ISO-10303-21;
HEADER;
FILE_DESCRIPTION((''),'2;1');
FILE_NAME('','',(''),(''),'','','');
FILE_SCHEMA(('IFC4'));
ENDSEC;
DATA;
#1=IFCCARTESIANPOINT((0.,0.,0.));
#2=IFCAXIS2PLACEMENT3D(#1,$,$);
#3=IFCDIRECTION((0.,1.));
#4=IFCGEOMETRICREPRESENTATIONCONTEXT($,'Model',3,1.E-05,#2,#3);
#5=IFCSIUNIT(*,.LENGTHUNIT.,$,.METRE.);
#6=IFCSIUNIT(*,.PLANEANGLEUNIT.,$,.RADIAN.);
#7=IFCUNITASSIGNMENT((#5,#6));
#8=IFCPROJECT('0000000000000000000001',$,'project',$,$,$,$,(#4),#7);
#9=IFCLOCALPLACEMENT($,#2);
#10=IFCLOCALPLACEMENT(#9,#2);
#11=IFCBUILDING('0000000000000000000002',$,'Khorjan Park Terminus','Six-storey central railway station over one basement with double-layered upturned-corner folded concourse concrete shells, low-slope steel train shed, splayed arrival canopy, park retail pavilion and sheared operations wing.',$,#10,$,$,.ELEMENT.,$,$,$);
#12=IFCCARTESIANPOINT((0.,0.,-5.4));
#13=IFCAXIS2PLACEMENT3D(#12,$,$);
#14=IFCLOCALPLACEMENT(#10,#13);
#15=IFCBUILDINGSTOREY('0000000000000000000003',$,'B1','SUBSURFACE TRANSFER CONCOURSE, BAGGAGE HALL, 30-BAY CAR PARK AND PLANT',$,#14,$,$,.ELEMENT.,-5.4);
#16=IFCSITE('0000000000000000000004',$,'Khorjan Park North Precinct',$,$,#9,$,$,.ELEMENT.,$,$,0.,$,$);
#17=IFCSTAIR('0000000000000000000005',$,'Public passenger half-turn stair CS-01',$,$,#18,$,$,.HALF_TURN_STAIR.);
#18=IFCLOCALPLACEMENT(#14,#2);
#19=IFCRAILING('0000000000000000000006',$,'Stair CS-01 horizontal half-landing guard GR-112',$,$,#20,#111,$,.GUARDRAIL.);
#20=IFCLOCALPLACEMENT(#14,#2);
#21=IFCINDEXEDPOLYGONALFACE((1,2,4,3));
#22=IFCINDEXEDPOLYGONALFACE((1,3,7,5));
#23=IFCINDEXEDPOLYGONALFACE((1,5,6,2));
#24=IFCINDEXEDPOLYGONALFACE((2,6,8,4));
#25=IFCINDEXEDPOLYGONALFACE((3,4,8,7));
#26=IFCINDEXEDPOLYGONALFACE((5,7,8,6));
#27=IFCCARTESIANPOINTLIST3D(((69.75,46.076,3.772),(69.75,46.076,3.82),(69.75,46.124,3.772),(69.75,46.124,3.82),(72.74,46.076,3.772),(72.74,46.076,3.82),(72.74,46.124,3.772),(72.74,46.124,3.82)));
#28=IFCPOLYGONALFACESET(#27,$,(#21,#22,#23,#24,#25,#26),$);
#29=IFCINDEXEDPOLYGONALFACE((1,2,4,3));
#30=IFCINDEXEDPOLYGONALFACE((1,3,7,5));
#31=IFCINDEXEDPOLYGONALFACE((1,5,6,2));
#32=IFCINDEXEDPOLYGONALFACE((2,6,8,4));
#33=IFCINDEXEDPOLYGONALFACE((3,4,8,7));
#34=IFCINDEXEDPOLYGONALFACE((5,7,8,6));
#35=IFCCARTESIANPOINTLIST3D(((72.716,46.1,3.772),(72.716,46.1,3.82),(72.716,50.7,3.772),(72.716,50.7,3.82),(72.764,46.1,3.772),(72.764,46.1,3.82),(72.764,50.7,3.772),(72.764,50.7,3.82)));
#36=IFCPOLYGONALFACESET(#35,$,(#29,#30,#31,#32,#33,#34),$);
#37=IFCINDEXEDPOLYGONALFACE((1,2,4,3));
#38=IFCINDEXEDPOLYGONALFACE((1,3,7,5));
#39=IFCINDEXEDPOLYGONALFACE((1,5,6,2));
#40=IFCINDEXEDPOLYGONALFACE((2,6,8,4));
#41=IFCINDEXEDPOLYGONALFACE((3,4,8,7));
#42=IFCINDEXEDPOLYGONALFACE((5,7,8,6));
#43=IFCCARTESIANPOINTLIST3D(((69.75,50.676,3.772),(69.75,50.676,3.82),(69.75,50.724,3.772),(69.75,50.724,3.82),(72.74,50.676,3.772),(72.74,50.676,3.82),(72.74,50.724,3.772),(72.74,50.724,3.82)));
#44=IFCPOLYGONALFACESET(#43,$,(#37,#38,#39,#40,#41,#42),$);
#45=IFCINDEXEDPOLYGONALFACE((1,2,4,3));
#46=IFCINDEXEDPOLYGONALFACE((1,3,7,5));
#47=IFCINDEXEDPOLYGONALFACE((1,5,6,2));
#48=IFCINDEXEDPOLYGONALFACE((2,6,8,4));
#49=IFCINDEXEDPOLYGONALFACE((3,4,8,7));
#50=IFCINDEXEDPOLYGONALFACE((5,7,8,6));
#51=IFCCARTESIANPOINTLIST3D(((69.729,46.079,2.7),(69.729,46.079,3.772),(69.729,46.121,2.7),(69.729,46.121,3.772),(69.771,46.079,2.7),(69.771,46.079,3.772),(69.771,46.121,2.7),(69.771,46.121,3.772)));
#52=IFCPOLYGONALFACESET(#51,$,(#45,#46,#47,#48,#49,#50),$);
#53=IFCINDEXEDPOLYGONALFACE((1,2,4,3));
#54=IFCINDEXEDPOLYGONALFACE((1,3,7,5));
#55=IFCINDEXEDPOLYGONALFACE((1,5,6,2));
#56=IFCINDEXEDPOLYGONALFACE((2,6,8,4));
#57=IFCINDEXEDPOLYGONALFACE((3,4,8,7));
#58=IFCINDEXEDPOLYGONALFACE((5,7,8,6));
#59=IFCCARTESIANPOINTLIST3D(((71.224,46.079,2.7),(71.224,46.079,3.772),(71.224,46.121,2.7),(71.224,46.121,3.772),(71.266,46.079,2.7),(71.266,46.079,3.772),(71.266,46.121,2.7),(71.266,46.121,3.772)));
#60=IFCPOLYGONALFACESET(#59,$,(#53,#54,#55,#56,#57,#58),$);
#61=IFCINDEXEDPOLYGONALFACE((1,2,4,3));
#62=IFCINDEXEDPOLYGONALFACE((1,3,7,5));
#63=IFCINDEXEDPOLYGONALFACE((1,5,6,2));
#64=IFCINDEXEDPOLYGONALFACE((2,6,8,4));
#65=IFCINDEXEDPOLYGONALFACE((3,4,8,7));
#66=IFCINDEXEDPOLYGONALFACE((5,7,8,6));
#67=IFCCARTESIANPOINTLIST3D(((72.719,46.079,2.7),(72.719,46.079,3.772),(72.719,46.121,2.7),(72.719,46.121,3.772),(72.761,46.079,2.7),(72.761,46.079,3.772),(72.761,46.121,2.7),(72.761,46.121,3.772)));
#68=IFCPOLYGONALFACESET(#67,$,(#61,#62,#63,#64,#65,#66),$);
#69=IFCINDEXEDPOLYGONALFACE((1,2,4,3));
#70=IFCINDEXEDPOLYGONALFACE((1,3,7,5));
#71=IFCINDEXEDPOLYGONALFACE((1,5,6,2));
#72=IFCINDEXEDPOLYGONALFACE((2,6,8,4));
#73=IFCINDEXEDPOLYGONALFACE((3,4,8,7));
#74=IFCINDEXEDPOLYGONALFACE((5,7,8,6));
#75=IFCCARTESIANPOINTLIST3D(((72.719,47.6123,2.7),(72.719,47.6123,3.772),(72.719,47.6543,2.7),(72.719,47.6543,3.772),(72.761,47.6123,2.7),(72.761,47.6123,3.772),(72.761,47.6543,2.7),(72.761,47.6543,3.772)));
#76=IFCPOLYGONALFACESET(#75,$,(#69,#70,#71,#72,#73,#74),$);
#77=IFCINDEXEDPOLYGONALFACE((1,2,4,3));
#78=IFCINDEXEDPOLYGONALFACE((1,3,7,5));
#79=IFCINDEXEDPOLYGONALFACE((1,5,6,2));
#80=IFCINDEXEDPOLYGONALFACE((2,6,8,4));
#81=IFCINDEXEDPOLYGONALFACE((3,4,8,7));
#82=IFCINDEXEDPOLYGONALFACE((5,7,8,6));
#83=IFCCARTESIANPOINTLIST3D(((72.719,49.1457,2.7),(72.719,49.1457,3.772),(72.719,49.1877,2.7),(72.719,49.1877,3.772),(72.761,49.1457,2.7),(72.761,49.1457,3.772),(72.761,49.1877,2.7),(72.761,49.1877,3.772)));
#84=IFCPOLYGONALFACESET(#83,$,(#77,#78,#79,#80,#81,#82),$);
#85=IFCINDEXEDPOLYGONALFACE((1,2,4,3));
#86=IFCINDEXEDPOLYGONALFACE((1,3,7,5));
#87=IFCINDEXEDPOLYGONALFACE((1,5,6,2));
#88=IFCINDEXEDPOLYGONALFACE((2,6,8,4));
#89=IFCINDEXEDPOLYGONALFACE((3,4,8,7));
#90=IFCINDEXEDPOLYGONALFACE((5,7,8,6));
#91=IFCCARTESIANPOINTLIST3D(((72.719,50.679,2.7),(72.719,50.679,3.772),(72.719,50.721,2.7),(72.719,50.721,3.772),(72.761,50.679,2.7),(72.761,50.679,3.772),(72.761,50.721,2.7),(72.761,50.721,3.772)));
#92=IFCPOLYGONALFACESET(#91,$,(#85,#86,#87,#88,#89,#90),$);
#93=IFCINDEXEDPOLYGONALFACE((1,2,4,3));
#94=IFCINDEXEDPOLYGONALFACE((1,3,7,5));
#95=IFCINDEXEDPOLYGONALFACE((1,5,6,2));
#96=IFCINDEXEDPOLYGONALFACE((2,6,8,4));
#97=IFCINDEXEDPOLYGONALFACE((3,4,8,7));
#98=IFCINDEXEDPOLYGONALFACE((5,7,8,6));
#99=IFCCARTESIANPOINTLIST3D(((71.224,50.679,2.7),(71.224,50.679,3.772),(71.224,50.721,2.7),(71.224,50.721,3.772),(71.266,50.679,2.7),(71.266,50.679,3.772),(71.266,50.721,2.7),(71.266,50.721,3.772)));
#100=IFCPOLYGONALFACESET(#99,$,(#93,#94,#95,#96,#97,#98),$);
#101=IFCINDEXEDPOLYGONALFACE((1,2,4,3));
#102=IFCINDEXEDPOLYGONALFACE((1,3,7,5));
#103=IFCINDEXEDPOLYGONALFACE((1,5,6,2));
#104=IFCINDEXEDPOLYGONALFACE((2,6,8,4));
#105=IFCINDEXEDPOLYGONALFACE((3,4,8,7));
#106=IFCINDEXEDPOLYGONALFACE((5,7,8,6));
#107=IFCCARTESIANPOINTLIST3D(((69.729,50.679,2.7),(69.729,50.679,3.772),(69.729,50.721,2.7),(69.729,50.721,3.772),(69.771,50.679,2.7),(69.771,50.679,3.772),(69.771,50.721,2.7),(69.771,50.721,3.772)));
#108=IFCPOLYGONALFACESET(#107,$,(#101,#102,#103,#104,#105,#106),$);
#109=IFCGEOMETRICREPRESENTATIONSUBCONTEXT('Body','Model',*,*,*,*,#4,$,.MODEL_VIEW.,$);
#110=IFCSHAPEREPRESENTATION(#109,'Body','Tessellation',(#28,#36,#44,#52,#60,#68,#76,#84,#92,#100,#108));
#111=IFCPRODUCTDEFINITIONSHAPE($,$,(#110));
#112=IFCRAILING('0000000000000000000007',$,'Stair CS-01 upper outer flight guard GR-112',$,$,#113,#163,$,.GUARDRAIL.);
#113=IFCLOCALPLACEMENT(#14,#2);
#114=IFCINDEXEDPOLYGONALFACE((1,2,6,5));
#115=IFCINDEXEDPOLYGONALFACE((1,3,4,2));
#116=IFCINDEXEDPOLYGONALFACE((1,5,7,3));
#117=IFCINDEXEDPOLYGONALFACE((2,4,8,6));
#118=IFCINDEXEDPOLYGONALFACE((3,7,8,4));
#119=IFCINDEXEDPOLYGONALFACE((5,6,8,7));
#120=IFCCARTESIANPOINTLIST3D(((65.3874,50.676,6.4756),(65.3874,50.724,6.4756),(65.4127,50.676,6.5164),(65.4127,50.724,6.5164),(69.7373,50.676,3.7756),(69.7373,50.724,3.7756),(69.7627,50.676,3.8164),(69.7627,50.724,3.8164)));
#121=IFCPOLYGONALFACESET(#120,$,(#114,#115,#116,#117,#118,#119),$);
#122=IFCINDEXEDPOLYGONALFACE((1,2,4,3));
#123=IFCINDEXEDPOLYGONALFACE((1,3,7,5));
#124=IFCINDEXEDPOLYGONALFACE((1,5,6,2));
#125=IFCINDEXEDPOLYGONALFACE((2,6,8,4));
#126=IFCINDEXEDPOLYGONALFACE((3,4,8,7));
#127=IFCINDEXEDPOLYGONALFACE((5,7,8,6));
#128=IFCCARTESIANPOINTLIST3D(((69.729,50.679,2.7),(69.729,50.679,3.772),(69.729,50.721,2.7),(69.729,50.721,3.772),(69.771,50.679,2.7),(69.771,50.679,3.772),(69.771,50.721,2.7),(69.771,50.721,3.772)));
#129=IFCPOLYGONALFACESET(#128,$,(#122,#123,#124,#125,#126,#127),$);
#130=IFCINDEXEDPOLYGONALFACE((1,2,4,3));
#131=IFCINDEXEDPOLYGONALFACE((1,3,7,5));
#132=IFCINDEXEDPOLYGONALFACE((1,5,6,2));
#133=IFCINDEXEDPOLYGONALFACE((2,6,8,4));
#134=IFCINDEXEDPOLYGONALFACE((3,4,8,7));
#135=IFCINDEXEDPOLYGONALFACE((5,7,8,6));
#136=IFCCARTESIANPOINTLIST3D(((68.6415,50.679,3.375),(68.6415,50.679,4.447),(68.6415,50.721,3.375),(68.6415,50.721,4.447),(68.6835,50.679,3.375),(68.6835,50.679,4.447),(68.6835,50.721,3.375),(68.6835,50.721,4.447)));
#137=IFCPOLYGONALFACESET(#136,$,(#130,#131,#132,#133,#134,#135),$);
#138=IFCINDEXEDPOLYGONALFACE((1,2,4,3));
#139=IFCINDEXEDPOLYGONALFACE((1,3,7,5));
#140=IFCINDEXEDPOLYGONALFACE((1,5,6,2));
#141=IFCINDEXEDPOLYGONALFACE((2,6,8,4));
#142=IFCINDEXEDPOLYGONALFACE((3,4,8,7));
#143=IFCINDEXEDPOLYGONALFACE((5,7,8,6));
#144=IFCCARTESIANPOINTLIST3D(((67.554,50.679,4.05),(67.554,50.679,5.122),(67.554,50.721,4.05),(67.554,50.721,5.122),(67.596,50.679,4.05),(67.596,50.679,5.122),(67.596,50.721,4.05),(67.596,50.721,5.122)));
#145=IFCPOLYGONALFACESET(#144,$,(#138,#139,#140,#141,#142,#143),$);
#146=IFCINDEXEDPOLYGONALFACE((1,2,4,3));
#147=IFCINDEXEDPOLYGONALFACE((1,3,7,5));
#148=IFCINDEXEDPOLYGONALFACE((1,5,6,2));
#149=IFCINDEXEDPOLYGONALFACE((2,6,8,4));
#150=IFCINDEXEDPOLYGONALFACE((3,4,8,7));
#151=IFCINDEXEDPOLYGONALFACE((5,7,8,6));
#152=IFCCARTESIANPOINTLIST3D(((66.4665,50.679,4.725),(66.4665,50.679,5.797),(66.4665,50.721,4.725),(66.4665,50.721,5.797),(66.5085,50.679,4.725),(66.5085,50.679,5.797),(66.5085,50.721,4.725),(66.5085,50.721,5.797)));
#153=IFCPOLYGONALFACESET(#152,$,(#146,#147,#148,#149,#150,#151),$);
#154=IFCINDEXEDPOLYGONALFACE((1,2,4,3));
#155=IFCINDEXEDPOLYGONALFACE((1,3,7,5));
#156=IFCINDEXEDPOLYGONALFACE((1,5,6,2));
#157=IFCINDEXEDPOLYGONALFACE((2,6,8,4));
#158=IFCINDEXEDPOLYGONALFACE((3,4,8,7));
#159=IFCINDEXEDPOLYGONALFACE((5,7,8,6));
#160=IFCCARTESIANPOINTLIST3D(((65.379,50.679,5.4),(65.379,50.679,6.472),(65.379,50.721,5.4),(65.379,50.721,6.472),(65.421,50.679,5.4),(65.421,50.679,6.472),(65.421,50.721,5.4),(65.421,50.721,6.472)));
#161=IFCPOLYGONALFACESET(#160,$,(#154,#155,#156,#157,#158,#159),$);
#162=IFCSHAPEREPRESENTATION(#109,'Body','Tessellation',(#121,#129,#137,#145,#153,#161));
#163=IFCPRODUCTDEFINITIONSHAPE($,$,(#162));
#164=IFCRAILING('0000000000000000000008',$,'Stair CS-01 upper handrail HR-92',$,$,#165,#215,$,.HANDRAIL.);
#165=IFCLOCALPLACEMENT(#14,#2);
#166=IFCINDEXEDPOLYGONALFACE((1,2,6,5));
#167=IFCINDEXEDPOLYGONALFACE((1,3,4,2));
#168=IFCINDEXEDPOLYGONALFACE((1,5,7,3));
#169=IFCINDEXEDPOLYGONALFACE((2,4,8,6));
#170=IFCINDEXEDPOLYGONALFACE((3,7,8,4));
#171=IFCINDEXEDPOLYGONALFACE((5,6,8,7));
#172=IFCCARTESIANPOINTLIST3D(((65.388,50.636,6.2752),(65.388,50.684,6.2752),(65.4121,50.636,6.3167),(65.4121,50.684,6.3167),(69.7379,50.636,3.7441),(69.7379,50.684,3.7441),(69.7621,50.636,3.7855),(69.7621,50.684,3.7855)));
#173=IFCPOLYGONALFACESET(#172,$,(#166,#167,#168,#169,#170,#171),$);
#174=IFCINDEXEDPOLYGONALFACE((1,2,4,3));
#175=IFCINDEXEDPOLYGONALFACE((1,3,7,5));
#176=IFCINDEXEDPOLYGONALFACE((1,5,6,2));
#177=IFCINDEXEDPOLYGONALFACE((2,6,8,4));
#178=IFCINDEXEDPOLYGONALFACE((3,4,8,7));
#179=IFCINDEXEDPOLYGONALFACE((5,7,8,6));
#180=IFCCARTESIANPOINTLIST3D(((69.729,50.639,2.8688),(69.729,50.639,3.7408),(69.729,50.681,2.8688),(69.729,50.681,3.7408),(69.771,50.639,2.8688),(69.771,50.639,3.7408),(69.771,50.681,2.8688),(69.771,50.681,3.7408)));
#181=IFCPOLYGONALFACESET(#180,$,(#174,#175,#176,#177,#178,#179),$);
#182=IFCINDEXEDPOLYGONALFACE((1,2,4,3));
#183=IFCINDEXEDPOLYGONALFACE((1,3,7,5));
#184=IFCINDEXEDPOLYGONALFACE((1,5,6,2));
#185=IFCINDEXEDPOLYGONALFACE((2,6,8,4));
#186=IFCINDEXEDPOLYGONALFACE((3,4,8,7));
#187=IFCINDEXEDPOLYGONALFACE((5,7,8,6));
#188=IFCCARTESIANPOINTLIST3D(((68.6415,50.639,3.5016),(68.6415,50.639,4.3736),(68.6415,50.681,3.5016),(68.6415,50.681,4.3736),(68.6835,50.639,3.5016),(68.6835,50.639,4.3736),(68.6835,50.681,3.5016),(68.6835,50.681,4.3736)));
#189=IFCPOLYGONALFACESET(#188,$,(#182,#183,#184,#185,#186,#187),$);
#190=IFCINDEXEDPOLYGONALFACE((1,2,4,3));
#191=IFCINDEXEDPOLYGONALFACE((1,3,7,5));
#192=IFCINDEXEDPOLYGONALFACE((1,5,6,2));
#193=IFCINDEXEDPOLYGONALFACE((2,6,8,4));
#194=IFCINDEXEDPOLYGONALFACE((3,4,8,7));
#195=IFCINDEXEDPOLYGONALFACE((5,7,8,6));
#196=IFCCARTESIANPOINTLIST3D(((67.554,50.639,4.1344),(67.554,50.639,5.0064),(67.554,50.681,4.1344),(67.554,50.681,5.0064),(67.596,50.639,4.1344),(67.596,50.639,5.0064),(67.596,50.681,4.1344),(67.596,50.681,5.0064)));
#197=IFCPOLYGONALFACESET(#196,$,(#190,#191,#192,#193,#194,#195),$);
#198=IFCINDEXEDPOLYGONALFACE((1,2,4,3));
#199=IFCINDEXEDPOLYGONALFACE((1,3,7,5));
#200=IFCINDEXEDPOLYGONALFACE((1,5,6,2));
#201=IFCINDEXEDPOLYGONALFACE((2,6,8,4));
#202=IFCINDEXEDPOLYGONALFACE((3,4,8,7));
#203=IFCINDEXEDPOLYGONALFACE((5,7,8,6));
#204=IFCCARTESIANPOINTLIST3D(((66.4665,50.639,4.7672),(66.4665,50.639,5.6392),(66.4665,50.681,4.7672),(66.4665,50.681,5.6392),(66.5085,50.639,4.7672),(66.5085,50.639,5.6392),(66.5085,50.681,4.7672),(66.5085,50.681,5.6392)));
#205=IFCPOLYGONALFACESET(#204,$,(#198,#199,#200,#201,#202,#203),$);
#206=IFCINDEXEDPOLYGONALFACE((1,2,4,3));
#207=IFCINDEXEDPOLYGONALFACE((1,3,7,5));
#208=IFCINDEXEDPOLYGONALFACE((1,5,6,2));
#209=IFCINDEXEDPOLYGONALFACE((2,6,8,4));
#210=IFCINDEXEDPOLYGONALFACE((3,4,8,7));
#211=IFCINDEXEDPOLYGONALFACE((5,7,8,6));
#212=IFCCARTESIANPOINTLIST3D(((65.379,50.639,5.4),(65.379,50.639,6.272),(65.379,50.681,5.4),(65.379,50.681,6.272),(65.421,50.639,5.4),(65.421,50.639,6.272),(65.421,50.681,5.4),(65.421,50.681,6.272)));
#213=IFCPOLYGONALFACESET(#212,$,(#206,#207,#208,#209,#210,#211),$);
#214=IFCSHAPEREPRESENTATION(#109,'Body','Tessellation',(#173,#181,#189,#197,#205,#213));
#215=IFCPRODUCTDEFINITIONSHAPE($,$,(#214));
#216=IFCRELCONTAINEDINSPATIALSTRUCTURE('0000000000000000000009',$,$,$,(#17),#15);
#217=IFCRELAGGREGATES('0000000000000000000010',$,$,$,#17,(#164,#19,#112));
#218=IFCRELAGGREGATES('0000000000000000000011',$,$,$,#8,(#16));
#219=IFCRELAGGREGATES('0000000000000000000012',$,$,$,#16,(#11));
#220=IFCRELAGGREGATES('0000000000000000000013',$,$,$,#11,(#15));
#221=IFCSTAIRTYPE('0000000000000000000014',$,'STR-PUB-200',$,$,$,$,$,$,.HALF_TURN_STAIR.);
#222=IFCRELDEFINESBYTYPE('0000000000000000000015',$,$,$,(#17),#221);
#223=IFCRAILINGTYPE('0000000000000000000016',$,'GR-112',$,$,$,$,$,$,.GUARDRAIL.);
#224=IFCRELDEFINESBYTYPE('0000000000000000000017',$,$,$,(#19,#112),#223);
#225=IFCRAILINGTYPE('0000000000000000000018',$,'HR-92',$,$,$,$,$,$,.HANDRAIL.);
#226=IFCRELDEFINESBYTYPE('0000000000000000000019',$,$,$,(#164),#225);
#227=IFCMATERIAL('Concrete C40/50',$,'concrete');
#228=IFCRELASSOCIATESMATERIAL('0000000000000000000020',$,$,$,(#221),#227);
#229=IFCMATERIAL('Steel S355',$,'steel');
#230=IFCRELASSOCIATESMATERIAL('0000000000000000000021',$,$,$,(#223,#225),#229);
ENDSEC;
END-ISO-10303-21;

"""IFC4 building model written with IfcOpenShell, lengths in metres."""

from ifc_helpers import new_model, si_unit, direction, frame, origin, origin_2d, place, context, subcontext, project, spatial, rectangle, extrude, material, type_object, element, aggregate, save


model = new_model("IFC4")

# Units and contexts
model_context = context("Model", 3, precision=1e-05, world=origin(), true_north=direction((0.0, 1.0)))
body_context = subcontext(model_context, "Body", "Model", "MODEL_VIEW")
ifc_project = project(units=[si_unit("LENGTHUNIT", "METRE"), si_unit("PLANEANGLEUNIT", "RADIAN")], contexts=[model_context])

# Site, building, storey
site_placement = place(None, origin())
site = spatial("IfcSite", under=ifc_project, at=site_placement, Name="Khorjan Park North Precinct", CompositionType="ELEMENT", RefElevation=0.0)
building_placement = place(site_placement, origin())
building = spatial("IfcBuilding", under=site, at=building_placement, Name="Khorjan Park Terminus", Description="Six-storey central railway station over one basement with double-layered upturned-corner folded concourse concrete shells, low-slope steel train shed, splayed arrival canopy, park retail pavilion and sheared operations wing.", CompositionType="ELEMENT")
storey_placement = place(building_placement, frame((0.0, 0.0, -5.4)))
storey = spatial("IfcBuildingStorey", under=building, at=storey_placement, Name="B1", Description="SUBSURFACE TRANSFER CONCOURSE, BAGGAGE HALL, 30-BAY CAR PARK AND PLANT", CompositionType="ELEMENT", Elevation=-5.4)

# Shared definitions
ifc_material_1 = material(Name="Concrete C40/50", Category="concrete")

# Shared definitions
ifc_material_2 = material(Name="Steel S355", Category="steel")

# Stair, railings
stair_type = type_object("IfcStairType", Name="STR-PUB-200", PredefinedType="HALF_TURN_STAIR", material=ifc_material_1)
stair_placement = place(storey_placement, origin())
stair = element("IfcStair", 1, at=stair_placement, inside=storey, type_object=stair_type, Name="Public passenger half-turn stair CS-01", PredefinedType="HALF_TURN_STAIR")
railing_type_1 = type_object("IfcRailingType", Name="GR-112", PredefinedType="GUARDRAIL", material=ifc_material_2)
railing_1_placement = place(storey_placement, frame((69.75, 46.1, 2.7)))
railing_1 = element("IfcRailing", 2, at=railing_1_placement, type_object=railing_type_1, Name="Stair CS-01 horizontal half-landing guard GR-112", PredefinedType="GUARDRAIL", context=body_context, shape_type="SweptSolid", body=[
    extrude(rectangle(XDim=0.048, YDim=0.048, at=origin_2d()), frame((0.0, 0.0, 1.096), z_axis=(1.0, 0.0, 0.0), x_axis=(0.0, 1.0, 0.0)), (0.0, 0.0, 1.0), 2.99),
    extrude(rectangle(XDim=0.048, YDim=0.048, at=origin_2d()), frame((2.99, 0.0, 1.096), z_axis=(0.0, 1.0, 0.0), x_axis=(-1.0, 0.0, 0.0)), (0.0, 0.0, 1.0), 4.6),
    extrude(rectangle(XDim=0.048, YDim=0.048, at=origin_2d()), frame((2.99, 4.6, 1.096), z_axis=(-1.0, 0.0, 0.0), x_axis=(0.0, -1.0, 0.0)), (0.0, 0.0, 1.0), 2.99),
    extrude(rectangle(XDim=0.042, YDim=0.042, at=origin_2d()), origin(), (0.0, 0.0, 1.0), 1.072),
    extrude(rectangle(XDim=0.042, YDim=0.042, at=origin_2d()), frame((1.495, 0.0, 0.0)), (0.0, 0.0, 1.0), 1.072),
    extrude(rectangle(XDim=0.042, YDim=0.042, at=origin_2d()), frame((2.99, 0.0, 0.0)), (0.0, 0.0, 1.0), 1.072),
    extrude(rectangle(XDim=0.042, YDim=0.042, at=origin_2d()), frame((2.99, 1.5333, 0.0)), (0.0, 0.0, 1.0), 1.072),
    extrude(rectangle(XDim=0.042, YDim=0.042, at=origin_2d()), frame((2.99, 3.0667, 0.0)), (0.0, 0.0, 1.0), 1.072),
    extrude(rectangle(XDim=0.042, YDim=0.042, at=origin_2d()), frame((2.99, 4.6, 0.0)), (0.0, 0.0, 1.0), 1.072),
    extrude(rectangle(XDim=0.042, YDim=0.042, at=origin_2d()), frame((1.495, 4.6, 0.0)), (0.0, 0.0, 1.0), 1.072),
    extrude(rectangle(XDim=0.042, YDim=0.042, at=origin_2d()), frame((0.0, 4.6, 0.0)), (0.0, 0.0, 1.0), 1.072),
])
railing_2_placement = place(storey_placement, frame((69.75, 50.7, 2.7)))
railing_2 = element("IfcRailing", 3, at=railing_2_placement, type_object=railing_type_1, Name="Stair CS-01 upper outer flight guard GR-112", PredefinedType="GUARDRAIL", context=body_context, shape_type="SweptSolid", body=[
    extrude(rectangle(XDim=0.048, YDim=0.048, at=origin_2d()), frame((0.0, 0.0, 1.096), z_axis=(-0.84964, 0.0, 0.527363), x_axis=(0.0, -1.0, 0.0)), (0.0, 0.0, 1.0), 5.1198),
    extrude(rectangle(XDim=0.042, YDim=0.042, at=origin_2d()), origin(), (0.0, 0.0, 1.0), 1.072),
    extrude(rectangle(XDim=0.042, YDim=0.042, at=origin_2d()), frame((-1.0875, 0.0, 0.675)), (0.0, 0.0, 1.0), 1.072),
    extrude(rectangle(XDim=0.042, YDim=0.042, at=origin_2d()), frame((-2.175, 0.0, 1.35)), (0.0, 0.0, 1.0), 1.072),
    extrude(rectangle(XDim=0.042, YDim=0.042, at=origin_2d()), frame((-3.2625, 0.0, 2.025)), (0.0, 0.0, 1.0), 1.072),
    extrude(rectangle(XDim=0.042, YDim=0.042, at=origin_2d()), frame((-4.35, 0.0, 2.7)), (0.0, 0.0, 1.0), 1.072),
])
railing_type_2 = type_object("IfcRailingType", Name="HR-92", PredefinedType="HANDRAIL", material=ifc_material_2)
railing_3_placement = place(storey_placement, frame((69.75, 50.66, 2.8688)))
railing_3 = element("IfcRailing", 4, at=railing_3_placement, type_object=railing_type_2, Name="Stair CS-01 upper handrail HR-92", PredefinedType="HANDRAIL", context=body_context, shape_type="SweptSolid", body=[
    extrude(rectangle(XDim=0.048, YDim=0.048, at=origin_2d()), frame((0.0, 0.0, 0.896), z_axis=(-0.864323, 0.0, 0.502937), x_axis=(0.0, -1.0, 0.0)), (0.0, 0.0, 1.0), 5.0328),
    extrude(rectangle(XDim=0.042, YDim=0.042, at=origin_2d()), origin(), (0.0, 0.0, 1.0), 0.872),
    extrude(rectangle(XDim=0.042, YDim=0.042, at=origin_2d()), frame((-1.0875, 0.0, 0.6328)), (0.0, 0.0, 1.0), 0.872),
    extrude(rectangle(XDim=0.042, YDim=0.042, at=origin_2d()), frame((-2.175, 0.0, 1.2656)), (0.0, 0.0, 1.0), 0.872),
    extrude(rectangle(XDim=0.042, YDim=0.042, at=origin_2d()), frame((-3.2625, 0.0, 1.8984)), (0.0, 0.0, 1.0), 0.872),
    extrude(rectangle(XDim=0.042, YDim=0.042, at=origin_2d()), frame((-4.35, 0.0, 2.5312)), (0.0, 0.0, 1.0), 0.872),
])
aggregate(stair, [railing_3, railing_1, railing_2])

save(model, "model.ifc")
